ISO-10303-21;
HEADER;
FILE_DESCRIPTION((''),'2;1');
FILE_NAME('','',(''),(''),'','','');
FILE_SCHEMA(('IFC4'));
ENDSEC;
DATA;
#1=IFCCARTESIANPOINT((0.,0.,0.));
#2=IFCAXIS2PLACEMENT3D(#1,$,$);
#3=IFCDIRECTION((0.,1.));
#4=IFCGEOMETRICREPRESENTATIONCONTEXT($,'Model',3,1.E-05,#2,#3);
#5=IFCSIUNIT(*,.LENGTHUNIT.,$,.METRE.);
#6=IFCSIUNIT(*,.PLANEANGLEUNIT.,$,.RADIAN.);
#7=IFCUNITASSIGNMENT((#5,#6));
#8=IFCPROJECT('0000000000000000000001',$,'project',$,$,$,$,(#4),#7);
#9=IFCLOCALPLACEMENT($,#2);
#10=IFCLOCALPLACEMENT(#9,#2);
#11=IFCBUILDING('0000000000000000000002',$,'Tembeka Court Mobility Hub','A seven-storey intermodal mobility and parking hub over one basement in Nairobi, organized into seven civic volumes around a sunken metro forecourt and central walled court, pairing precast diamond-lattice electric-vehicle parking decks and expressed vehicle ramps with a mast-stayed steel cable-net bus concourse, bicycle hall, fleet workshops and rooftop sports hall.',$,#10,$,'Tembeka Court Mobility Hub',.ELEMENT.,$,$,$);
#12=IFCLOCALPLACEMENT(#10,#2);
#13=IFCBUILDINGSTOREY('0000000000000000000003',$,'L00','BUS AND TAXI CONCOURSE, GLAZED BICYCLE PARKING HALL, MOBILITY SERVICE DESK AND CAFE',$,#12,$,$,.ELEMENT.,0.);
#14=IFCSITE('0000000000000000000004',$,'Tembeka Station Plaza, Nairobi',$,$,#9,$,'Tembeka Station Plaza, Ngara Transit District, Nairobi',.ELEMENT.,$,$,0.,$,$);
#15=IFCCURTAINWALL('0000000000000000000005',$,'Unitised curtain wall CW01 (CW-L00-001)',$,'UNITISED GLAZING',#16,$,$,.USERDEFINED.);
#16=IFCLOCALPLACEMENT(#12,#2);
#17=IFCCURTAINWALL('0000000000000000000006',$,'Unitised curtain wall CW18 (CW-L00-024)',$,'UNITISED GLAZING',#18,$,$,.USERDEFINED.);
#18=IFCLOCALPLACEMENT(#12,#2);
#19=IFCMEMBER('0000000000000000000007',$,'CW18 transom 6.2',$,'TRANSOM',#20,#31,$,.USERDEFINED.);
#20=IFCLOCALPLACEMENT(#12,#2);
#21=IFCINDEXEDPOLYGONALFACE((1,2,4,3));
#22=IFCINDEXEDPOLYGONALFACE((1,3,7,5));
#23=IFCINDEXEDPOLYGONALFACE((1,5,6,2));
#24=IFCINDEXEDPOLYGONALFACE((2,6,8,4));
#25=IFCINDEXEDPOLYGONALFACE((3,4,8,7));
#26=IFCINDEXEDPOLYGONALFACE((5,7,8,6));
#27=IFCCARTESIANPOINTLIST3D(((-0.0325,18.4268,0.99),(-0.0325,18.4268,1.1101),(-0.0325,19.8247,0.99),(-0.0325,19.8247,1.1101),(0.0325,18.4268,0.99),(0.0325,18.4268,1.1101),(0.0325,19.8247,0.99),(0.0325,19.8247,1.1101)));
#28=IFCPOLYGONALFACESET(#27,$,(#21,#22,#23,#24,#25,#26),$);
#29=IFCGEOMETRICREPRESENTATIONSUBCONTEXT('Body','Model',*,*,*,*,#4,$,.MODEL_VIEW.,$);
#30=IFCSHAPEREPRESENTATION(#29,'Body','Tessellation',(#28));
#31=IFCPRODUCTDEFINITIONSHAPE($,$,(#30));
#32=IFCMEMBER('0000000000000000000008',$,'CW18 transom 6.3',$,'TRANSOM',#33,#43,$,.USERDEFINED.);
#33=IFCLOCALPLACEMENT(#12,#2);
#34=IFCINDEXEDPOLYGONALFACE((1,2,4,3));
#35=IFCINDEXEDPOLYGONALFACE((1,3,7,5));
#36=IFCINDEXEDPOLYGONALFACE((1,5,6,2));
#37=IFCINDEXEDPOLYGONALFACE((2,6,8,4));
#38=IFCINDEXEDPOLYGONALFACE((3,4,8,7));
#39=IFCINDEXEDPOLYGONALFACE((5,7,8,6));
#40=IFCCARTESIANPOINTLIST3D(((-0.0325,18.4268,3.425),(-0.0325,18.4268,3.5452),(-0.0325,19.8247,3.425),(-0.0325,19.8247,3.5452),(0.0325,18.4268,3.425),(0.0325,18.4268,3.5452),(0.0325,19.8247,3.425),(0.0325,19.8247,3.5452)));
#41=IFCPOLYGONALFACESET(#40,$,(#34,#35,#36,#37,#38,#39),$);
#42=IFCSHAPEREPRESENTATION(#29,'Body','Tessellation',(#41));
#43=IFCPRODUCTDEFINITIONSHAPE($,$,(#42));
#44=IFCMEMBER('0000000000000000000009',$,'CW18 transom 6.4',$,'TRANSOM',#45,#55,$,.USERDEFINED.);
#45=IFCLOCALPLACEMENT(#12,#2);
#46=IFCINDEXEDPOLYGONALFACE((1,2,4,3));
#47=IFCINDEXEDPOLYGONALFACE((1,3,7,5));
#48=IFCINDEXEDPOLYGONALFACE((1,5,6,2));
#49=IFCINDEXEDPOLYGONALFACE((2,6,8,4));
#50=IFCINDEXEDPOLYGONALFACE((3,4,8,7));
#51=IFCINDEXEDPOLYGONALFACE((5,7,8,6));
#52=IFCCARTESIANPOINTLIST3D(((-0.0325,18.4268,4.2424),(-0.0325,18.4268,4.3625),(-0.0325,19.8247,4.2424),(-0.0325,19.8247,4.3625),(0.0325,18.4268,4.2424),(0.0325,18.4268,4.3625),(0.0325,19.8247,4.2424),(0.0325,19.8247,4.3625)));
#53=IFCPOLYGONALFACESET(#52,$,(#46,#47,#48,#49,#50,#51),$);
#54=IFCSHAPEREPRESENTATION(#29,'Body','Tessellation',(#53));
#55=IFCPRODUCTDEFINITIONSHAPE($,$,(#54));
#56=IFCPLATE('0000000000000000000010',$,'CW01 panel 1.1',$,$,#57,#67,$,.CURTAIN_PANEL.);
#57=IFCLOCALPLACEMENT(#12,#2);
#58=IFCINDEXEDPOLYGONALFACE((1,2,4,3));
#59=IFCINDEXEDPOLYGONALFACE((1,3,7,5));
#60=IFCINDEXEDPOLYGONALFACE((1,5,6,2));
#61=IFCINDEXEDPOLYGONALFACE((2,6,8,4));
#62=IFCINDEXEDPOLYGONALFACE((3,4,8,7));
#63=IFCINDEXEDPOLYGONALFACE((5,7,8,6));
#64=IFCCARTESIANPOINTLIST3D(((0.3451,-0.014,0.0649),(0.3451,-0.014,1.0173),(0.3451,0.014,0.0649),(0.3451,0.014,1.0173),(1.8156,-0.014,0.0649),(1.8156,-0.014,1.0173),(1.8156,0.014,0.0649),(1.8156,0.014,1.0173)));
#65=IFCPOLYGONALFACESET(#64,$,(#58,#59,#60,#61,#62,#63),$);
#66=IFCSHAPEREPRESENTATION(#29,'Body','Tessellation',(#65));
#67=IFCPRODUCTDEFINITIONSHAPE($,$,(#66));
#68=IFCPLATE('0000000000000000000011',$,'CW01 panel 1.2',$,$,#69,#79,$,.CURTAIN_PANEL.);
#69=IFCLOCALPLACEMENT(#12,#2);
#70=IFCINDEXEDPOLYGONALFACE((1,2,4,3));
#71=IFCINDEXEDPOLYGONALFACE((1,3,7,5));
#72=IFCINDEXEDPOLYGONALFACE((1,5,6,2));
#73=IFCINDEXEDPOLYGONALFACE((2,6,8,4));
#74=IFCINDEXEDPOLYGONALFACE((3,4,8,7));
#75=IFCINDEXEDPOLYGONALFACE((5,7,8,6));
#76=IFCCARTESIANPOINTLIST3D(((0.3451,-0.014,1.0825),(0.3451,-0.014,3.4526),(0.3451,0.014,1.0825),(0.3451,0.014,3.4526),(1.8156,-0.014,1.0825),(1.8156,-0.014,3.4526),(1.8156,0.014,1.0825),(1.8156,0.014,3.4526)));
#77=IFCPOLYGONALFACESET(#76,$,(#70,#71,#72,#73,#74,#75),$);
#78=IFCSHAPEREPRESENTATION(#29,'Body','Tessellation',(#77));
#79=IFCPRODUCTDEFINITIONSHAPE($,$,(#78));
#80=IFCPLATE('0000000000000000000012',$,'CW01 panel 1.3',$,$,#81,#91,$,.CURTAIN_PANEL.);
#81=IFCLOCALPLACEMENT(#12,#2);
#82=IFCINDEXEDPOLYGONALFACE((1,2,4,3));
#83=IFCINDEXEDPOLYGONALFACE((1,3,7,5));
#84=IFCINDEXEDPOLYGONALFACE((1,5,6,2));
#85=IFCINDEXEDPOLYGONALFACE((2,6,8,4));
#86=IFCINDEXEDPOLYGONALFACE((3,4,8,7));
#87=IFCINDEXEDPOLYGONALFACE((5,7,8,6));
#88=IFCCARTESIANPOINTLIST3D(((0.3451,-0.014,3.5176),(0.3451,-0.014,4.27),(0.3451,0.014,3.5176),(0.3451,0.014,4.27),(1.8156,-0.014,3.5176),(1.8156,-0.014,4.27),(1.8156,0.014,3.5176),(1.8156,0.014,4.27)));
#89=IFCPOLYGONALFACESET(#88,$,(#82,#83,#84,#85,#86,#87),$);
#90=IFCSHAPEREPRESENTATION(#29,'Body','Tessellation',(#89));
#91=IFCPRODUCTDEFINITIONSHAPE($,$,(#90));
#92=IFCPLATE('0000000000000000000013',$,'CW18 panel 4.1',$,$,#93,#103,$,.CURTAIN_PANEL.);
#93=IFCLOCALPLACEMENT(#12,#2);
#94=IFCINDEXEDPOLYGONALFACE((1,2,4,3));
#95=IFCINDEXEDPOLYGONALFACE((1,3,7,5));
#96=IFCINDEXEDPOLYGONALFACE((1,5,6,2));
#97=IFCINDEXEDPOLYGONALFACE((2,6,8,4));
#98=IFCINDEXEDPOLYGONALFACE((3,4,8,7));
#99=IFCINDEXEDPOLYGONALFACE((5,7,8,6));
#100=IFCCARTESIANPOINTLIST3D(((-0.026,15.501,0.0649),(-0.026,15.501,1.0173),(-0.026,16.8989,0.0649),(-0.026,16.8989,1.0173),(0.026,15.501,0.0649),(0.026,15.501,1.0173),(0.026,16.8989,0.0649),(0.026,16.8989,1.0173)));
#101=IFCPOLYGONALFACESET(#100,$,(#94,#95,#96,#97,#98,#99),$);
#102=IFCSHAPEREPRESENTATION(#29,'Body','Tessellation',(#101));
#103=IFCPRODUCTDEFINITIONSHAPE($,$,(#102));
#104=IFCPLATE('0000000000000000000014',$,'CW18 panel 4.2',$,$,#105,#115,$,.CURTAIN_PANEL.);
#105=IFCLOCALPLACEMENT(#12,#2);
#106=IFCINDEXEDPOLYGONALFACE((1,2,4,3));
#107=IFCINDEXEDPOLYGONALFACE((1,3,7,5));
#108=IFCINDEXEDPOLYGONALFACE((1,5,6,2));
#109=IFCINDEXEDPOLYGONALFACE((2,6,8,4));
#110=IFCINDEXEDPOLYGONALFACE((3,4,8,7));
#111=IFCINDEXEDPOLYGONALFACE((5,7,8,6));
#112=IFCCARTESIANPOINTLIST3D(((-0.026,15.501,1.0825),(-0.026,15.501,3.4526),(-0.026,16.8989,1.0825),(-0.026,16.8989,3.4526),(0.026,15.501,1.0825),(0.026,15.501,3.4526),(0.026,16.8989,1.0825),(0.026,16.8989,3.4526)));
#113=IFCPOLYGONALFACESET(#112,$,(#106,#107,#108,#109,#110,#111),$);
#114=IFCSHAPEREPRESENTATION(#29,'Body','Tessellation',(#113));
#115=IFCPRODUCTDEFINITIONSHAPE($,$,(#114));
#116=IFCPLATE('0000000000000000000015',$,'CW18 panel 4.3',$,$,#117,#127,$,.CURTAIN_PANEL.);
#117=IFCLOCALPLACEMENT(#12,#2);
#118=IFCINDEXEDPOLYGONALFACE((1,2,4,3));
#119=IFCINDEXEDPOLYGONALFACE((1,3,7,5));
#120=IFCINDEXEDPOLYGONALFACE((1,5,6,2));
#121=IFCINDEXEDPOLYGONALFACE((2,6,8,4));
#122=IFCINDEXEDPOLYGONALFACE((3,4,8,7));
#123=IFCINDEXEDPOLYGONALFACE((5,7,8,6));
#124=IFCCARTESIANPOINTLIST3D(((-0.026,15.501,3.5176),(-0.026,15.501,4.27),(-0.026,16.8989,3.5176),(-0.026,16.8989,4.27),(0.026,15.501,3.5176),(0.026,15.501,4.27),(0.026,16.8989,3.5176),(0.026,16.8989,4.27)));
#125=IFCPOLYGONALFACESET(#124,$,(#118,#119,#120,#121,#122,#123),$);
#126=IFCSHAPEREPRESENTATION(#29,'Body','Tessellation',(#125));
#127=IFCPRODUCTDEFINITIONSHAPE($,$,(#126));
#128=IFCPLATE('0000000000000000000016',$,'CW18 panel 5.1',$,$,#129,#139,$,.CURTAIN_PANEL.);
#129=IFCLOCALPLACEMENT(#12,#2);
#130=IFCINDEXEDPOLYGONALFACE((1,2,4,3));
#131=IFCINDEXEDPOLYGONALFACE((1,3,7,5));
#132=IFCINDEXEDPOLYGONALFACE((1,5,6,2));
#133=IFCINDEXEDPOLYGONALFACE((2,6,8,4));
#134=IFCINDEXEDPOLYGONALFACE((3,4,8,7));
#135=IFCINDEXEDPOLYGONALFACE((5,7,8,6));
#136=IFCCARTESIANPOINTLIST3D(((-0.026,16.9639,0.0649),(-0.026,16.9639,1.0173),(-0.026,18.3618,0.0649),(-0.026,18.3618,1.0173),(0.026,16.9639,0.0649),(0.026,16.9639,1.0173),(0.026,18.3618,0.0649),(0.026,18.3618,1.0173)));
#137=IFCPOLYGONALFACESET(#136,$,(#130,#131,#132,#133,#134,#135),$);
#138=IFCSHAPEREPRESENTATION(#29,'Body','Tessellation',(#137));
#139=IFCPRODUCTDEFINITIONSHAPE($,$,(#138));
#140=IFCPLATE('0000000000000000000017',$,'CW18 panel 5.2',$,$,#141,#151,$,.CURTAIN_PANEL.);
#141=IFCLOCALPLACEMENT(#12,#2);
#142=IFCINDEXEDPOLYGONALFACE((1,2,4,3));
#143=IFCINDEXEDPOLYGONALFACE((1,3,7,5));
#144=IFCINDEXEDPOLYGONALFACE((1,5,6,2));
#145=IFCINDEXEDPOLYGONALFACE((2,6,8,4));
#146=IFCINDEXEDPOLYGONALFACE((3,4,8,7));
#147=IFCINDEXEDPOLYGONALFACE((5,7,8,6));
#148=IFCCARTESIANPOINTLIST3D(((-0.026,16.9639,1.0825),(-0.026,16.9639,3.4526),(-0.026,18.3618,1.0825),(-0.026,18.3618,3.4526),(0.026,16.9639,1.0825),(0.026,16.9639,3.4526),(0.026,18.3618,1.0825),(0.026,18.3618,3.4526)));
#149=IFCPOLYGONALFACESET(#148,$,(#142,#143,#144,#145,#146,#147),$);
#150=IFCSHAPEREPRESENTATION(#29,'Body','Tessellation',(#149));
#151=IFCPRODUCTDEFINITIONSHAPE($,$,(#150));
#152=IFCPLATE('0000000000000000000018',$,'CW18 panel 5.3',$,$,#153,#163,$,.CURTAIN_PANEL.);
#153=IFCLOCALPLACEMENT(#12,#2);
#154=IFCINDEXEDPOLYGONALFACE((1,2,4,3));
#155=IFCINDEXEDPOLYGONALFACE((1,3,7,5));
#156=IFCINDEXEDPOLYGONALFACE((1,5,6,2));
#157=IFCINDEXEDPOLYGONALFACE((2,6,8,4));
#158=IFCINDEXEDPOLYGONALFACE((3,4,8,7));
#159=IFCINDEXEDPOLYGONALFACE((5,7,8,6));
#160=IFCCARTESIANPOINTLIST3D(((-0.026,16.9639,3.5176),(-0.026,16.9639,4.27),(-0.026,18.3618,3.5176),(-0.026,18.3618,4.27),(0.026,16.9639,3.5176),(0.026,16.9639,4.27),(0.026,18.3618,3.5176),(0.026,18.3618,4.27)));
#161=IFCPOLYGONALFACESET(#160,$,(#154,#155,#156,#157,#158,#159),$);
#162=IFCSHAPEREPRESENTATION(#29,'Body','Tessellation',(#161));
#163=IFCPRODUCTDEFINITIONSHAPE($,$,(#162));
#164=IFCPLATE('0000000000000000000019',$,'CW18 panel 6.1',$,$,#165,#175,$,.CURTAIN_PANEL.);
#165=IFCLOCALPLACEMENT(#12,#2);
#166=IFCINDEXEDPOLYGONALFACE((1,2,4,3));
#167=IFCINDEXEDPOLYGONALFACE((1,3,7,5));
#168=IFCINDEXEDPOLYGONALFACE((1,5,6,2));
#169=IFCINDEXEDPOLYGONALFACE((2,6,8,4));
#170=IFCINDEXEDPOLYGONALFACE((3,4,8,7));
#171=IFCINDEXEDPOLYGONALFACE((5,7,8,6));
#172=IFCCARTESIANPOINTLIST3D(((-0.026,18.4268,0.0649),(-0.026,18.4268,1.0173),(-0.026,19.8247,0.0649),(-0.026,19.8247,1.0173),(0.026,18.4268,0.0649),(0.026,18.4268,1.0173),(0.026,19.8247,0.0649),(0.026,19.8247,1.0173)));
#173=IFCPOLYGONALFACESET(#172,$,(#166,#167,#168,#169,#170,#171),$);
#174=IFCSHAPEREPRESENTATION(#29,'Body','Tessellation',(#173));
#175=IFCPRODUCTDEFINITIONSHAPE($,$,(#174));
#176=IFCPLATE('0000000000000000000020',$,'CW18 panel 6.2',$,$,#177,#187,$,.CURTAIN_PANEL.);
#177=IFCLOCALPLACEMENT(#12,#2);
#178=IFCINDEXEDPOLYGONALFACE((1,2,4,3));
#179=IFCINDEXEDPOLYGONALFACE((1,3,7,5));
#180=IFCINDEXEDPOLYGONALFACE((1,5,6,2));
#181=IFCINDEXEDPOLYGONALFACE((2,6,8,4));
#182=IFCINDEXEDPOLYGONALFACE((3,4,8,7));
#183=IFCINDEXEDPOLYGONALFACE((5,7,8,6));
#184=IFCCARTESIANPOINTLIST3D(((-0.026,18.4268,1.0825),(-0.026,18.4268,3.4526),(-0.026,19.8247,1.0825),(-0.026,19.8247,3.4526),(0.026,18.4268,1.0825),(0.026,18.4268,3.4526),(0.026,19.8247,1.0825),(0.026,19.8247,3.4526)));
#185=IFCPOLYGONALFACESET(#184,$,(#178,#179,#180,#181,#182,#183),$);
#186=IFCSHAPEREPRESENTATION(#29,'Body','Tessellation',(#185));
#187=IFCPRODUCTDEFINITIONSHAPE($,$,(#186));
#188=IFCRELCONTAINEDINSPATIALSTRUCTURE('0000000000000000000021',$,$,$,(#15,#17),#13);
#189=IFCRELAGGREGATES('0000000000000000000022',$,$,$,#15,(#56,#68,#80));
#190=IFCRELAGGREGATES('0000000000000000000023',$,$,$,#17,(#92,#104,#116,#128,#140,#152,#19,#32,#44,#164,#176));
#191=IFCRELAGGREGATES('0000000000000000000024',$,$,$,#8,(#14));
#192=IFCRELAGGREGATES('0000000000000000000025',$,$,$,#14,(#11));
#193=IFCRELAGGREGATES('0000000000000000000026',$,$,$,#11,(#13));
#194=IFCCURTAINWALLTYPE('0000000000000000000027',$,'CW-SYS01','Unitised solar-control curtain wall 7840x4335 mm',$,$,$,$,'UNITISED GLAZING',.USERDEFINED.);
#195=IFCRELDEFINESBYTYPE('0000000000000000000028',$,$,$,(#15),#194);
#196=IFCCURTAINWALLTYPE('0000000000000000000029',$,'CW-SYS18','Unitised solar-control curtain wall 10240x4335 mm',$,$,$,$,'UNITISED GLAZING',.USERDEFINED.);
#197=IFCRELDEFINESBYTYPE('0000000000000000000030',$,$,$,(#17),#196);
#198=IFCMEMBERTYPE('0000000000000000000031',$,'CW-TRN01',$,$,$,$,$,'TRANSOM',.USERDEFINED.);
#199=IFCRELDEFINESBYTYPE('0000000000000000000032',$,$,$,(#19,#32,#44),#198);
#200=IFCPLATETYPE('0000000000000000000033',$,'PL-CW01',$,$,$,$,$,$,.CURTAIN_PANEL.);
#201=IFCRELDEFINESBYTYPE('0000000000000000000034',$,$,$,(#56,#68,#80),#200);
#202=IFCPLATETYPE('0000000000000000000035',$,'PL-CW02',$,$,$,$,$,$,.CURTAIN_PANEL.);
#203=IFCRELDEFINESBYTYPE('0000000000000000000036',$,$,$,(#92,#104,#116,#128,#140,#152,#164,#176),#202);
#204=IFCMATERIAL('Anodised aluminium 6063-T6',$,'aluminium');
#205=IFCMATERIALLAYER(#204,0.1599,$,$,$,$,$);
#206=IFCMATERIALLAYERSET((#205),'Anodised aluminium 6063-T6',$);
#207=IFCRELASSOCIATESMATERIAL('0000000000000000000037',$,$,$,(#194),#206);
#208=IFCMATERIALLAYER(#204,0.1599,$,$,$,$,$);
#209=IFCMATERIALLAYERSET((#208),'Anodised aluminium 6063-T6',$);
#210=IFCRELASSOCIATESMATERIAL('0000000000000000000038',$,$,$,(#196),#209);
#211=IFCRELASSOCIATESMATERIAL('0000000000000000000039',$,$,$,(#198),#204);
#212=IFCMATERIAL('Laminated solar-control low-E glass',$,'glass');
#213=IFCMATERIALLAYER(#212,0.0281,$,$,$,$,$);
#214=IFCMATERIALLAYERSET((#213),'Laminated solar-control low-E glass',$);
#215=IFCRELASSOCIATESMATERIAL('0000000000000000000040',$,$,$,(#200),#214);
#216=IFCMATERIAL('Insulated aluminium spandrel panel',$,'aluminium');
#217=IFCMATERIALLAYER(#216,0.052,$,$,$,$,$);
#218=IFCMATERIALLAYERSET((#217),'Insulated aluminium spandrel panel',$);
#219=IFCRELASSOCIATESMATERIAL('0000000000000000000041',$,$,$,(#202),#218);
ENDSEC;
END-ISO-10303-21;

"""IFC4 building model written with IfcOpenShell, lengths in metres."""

from ifc_helpers import new_model, si_unit, direction, frame, origin, origin_2d, place, context, subcontext, project, spatial, rectangle, extrude, material, layer, layer_set, material_profile, profile_set, type_object, element, aggregate, save


model = new_model("IFC4")

# Units and contexts
model_context = context("Model", 3, precision=1e-05, world=origin(), true_north=direction((0.0, 1.0)))
body_context = subcontext(model_context, "Body", "Model", "MODEL_VIEW")
ifc_project = project(units=[si_unit("LENGTHUNIT", "METRE"), si_unit("PLANEANGLEUNIT", "RADIAN")], contexts=[model_context])

# Site, building, storey
site_placement = place(None, origin())
site = spatial("IfcSite", under=ifc_project, at=site_placement, Name="Tembeka Station Plaza, Nairobi", LongName="Tembeka Station Plaza, Ngara Transit District, Nairobi", CompositionType="ELEMENT", RefElevation=0.0)
building_placement = place(site_placement, origin())
building = spatial("IfcBuilding", under=site, at=building_placement, Name="Tembeka Court Mobility Hub", Description="A seven-storey intermodal mobility and parking hub over one basement in Nairobi, organized into seven civic volumes around a sunken metro forecourt and central walled court, pairing precast diamond-lattice electric-vehicle parking decks and expressed vehicle ramps with a mast-stayed steel cable-net bus concourse, bicycle hall, fleet workshops and rooftop sports hall.", LongName="Tembeka Court Mobility Hub", CompositionType="ELEMENT")
storey_placement = place(building_placement, origin())
storey = spatial("IfcBuildingStorey", under=building, at=storey_placement, Name="L00", Description="BUS AND TAXI CONCOURSE, GLAZED BICYCLE PARKING HALL, MOBILITY SERVICE DESK AND CAFE", CompositionType="ELEMENT", Elevation=0.0)

# Curtain wall
ifc_material_1 = material(Name="Anodised aluminium 6063-T6", Category="aluminium")
ifc_layer_1 = layer(ifc_material_1, 0.1599)
ifc_layer_set_1 = layer_set([ifc_layer_1], Name="Anodised aluminium 6063-T6")
curtain_wall_type_1 = type_object("IfcCurtainWallType", Name="CW-SYS01", Description="Unitised solar-control curtain wall 7840x4335 mm", ElementType="UNITISED GLAZING", PredefinedType="USERDEFINED", material=ifc_layer_set_1)
curtain_wall_1_placement = place(storey_placement, origin())
curtain_wall_1 = element("IfcCurtainWall", 1, at=curtain_wall_1_placement, inside=storey, type_object=curtain_wall_type_1, Name="Unitised curtain wall CW01 (CW-L00-001)", ObjectType="UNITISED GLAZING", PredefinedType="USERDEFINED")

# Curtain wall
ifc_layer_2 = layer(ifc_material_1, 0.1599)
ifc_layer_set_2 = layer_set([ifc_layer_2], Name="Anodised aluminium 6063-T6")
curtain_wall_type_2 = type_object("IfcCurtainWallType", Name="CW-SYS18", Description="Unitised solar-control curtain wall 10240x4335 mm", ElementType="UNITISED GLAZING", PredefinedType="USERDEFINED", material=ifc_layer_set_2)
curtain_wall_2_placement = place(storey_placement, origin())
curtain_wall_2 = element("IfcCurtainWall", 2, at=curtain_wall_2_placement, inside=storey, type_object=curtain_wall_type_2, Name="Unitised curtain wall CW18 (CW-L00-024)", ObjectType="UNITISED GLAZING", PredefinedType="USERDEFINED")

# Members
ifc_material_profile_1 = material_profile(ifc_material_1, rectangle(XDim=0.0649, YDim=0.1201, at=origin_2d()), Name="ALU-TRN 65x120")
ifc_profile_set_1 = profile_set([ifc_material_profile_1], Name="Anodised aluminium 6063-T6")
member_type_1 = type_object("IfcMemberType", Name="CW-TRN01", ElementType="TRANSOM", PredefinedType="USERDEFINED", material=ifc_profile_set_1)
member_1_placement = place(storey_placement, frame((0.0, 18.4268, 1.05), z_axis=(0.0, 1.0, 0.0), x_axis=(-1.0, 0.0, 0.0)))
member_1 = element("IfcMember", 3, at=member_1_placement, type_object=member_type_1, Name="CW18 transom 6.2", ObjectType="TRANSOM", PredefinedType="USERDEFINED", context=body_context, shape_type="SweptSolid", body=[
    extrude(rectangle(XDim=0.0649, YDim=0.1201, at=origin_2d()), origin(), (0.0, 0.0, 1.0), 1.3979),
])
member_2_placement = place(storey_placement, frame((0.0, 18.4268, 3.4851), z_axis=(0.0, 1.0, 0.0), x_axis=(-1.0, 0.0, 0.0)))
member_2 = element("IfcMember", 4, at=member_2_placement, type_object=member_type_1, Name="CW18 transom 6.3", ObjectType="TRANSOM", PredefinedType="USERDEFINED", context=body_context, shape_type="SweptSolid", body=[
    extrude(rectangle(XDim=0.0649, YDim=0.1201, at=origin_2d()), origin(), (0.0, 0.0, 1.0), 1.3979),
])
member_3_placement = place(storey_placement, frame((0.0, 18.4268, 4.3025), z_axis=(0.0, 1.0, 0.0), x_axis=(-1.0, 0.0, 0.0)))
member_3 = element("IfcMember", 5, at=member_3_placement, type_object=member_type_1, Name="CW18 transom 6.4", ObjectType="TRANSOM", PredefinedType="USERDEFINED", context=body_context, shape_type="SweptSolid", body=[
    extrude(rectangle(XDim=0.0649, YDim=0.1201, at=origin_2d()), origin(), (0.0, 0.0, 1.0), 1.3979),
])

# Plates
ifc_material_2 = material(Name="Laminated solar-control low-E glass", Category="glass")
ifc_layer_3 = layer(ifc_material_2, 0.0281)
ifc_layer_set_3 = layer_set([ifc_layer_3], Name="Laminated solar-control low-E glass")
plate_type_1 = type_object("IfcPlateType", Name="PL-CW01", PredefinedType="CURTAIN_PANEL", material=ifc_layer_set_3)
plate_1_placement = place(storey_placement, frame((1.0803, 0.0, 0.0649), z_axis=(0.0, 0.0, 1.0), x_axis=(1.0, 0.0, 0.0)))
plate_1 = element("IfcPlate", 6, at=plate_1_placement, type_object=plate_type_1, Name="CW01 panel 1.1", PredefinedType="CURTAIN_PANEL", context=body_context, shape_type="SweptSolid", body=[
    extrude(rectangle(XDim=1.4705, YDim=0.0281, at=origin_2d()), origin(), (0.0, 0.0, 1.0), 0.9524),
])
plate_2_placement = place(storey_placement, frame((1.0803, 0.0, 1.0825), z_axis=(0.0, 0.0, 1.0), x_axis=(1.0, 0.0, 0.0)))
plate_2 = element("IfcPlate", 7, at=plate_2_placement, type_object=plate_type_1, Name="CW01 panel 1.2", PredefinedType="CURTAIN_PANEL", context=body_context, shape_type="SweptSolid", body=[
    extrude(rectangle(XDim=1.4705, YDim=0.0281, at=origin_2d()), origin(), (0.0, 0.0, 1.0), 2.3701),
])
plate_3_placement = place(storey_placement, frame((1.0803, 0.0, 3.5176), z_axis=(0.0, 0.0, 1.0), x_axis=(1.0, 0.0, 0.0)))
plate_3 = element("IfcPlate", 8, at=plate_3_placement, type_object=plate_type_1, Name="CW01 panel 1.3", PredefinedType="CURTAIN_PANEL", context=body_context, shape_type="SweptSolid", body=[
    extrude(rectangle(XDim=1.4705, YDim=0.0281, at=origin_2d()), origin(), (0.0, 0.0, 1.0), 0.7524),
])
aggregate(curtain_wall_1, [plate_1, plate_2, plate_3])
ifc_material_3 = material(Name="Insulated aluminium spandrel panel", Category="aluminium")
ifc_layer_4 = layer(ifc_material_3, 0.052)
ifc_layer_set_4 = layer_set([ifc_layer_4], Name="Insulated aluminium spandrel panel")
plate_type_2 = type_object("IfcPlateType", Name="PL-CW02", PredefinedType="CURTAIN_PANEL", material=ifc_layer_set_4)
plate_4_placement = place(storey_placement, frame((0.0, 16.2, 0.0649), z_axis=(0.0, 0.0, 1.0), x_axis=(0.0, 1.0, 0.0)))
plate_4 = element("IfcPlate", 9, at=plate_4_placement, type_object=plate_type_2, Name="CW18 panel 4.1", PredefinedType="CURTAIN_PANEL", context=body_context, shape_type="SweptSolid", body=[
    extrude(rectangle(XDim=1.3979, YDim=0.052, at=origin_2d()), origin(), (0.0, 0.0, 1.0), 0.9524),
])
plate_5_placement = place(storey_placement, frame((0.0, 16.2, 1.0825), z_axis=(0.0, 0.0, 1.0), x_axis=(0.0, 1.0, 0.0)))
plate_5 = element("IfcPlate", 10, at=plate_5_placement, type_object=plate_type_2, Name="CW18 panel 4.2", PredefinedType="CURTAIN_PANEL", context=body_context, shape_type="SweptSolid", body=[
    extrude(rectangle(XDim=1.3979, YDim=0.052, at=origin_2d()), origin(), (0.0, 0.0, 1.0), 2.3701),
])
plate_6_placement = place(storey_placement, frame((0.0, 16.2, 3.5176), z_axis=(0.0, 0.0, 1.0), x_axis=(0.0, 1.0, 0.0)))
plate_6 = element("IfcPlate", 11, at=plate_6_placement, type_object=plate_type_2, Name="CW18 panel 4.3", PredefinedType="CURTAIN_PANEL", context=body_context, shape_type="SweptSolid", body=[
    extrude(rectangle(XDim=1.3979, YDim=0.052, at=origin_2d()), origin(), (0.0, 0.0, 1.0), 0.7524),
])
plate_7_placement = place(storey_placement, frame((0.0, 17.6628, 0.0649), z_axis=(0.0, 0.0, 1.0), x_axis=(0.0, 1.0, 0.0)))
plate_7 = element("IfcPlate", 12, at=plate_7_placement, type_object=plate_type_2, Name="CW18 panel 5.1", PredefinedType="CURTAIN_PANEL", context=body_context, shape_type="SweptSolid", body=[
    extrude(rectangle(XDim=1.3979, YDim=0.052, at=origin_2d()), origin(), (0.0, 0.0, 1.0), 0.9524),
])
plate_8_placement = place(storey_placement, frame((0.0, 17.6628, 1.0825), z_axis=(0.0, 0.0, 1.0), x_axis=(0.0, 1.0, 0.0)))
plate_8 = element("IfcPlate", 13, at=plate_8_placement, type_object=plate_type_2, Name="CW18 panel 5.2", PredefinedType="CURTAIN_PANEL", context=body_context, shape_type="SweptSolid", body=[
    extrude(rectangle(XDim=1.3979, YDim=0.052, at=origin_2d()), origin(), (0.0, 0.0, 1.0), 2.3701),
])
plate_9_placement = place(storey_placement, frame((0.0, 17.6628, 3.5176), z_axis=(0.0, 0.0, 1.0), x_axis=(0.0, 1.0, 0.0)))
plate_9 = element("IfcPlate", 14, at=plate_9_placement, type_object=plate_type_2, Name="CW18 panel 5.3", PredefinedType="CURTAIN_PANEL", context=body_context, shape_type="SweptSolid", body=[
    extrude(rectangle(XDim=1.3979, YDim=0.052, at=origin_2d()), origin(), (0.0, 0.0, 1.0), 0.7524),
])
plate_10_placement = place(storey_placement, frame((0.0, 19.1257, 0.0649), z_axis=(0.0, 0.0, 1.0), x_axis=(0.0, 1.0, 0.0)))
plate_10 = element("IfcPlate", 15, at=plate_10_placement, type_object=plate_type_2, Name="CW18 panel 6.1", PredefinedType="CURTAIN_PANEL", context=body_context, shape_type="SweptSolid", body=[
    extrude(rectangle(XDim=1.3979, YDim=0.052, at=origin_2d()), origin(), (0.0, 0.0, 1.0), 0.9524),
])
plate_11_placement = place(storey_placement, frame((0.0, 19.1257, 1.0825), z_axis=(0.0, 0.0, 1.0), x_axis=(0.0, 1.0, 0.0)))
plate_11 = element("IfcPlate", 16, at=plate_11_placement, type_object=plate_type_2, Name="CW18 panel 6.2", PredefinedType="CURTAIN_PANEL", context=body_context, shape_type="SweptSolid", body=[
    extrude(rectangle(XDim=1.3979, YDim=0.052, at=origin_2d()), origin(), (0.0, 0.0, 1.0), 2.3701),
])
aggregate(curtain_wall_2, [plate_4, plate_5, plate_6, plate_7, plate_8, plate_9, member_1, member_2, member_3, plate_10, plate_11])

save(model, "model.ifc")
